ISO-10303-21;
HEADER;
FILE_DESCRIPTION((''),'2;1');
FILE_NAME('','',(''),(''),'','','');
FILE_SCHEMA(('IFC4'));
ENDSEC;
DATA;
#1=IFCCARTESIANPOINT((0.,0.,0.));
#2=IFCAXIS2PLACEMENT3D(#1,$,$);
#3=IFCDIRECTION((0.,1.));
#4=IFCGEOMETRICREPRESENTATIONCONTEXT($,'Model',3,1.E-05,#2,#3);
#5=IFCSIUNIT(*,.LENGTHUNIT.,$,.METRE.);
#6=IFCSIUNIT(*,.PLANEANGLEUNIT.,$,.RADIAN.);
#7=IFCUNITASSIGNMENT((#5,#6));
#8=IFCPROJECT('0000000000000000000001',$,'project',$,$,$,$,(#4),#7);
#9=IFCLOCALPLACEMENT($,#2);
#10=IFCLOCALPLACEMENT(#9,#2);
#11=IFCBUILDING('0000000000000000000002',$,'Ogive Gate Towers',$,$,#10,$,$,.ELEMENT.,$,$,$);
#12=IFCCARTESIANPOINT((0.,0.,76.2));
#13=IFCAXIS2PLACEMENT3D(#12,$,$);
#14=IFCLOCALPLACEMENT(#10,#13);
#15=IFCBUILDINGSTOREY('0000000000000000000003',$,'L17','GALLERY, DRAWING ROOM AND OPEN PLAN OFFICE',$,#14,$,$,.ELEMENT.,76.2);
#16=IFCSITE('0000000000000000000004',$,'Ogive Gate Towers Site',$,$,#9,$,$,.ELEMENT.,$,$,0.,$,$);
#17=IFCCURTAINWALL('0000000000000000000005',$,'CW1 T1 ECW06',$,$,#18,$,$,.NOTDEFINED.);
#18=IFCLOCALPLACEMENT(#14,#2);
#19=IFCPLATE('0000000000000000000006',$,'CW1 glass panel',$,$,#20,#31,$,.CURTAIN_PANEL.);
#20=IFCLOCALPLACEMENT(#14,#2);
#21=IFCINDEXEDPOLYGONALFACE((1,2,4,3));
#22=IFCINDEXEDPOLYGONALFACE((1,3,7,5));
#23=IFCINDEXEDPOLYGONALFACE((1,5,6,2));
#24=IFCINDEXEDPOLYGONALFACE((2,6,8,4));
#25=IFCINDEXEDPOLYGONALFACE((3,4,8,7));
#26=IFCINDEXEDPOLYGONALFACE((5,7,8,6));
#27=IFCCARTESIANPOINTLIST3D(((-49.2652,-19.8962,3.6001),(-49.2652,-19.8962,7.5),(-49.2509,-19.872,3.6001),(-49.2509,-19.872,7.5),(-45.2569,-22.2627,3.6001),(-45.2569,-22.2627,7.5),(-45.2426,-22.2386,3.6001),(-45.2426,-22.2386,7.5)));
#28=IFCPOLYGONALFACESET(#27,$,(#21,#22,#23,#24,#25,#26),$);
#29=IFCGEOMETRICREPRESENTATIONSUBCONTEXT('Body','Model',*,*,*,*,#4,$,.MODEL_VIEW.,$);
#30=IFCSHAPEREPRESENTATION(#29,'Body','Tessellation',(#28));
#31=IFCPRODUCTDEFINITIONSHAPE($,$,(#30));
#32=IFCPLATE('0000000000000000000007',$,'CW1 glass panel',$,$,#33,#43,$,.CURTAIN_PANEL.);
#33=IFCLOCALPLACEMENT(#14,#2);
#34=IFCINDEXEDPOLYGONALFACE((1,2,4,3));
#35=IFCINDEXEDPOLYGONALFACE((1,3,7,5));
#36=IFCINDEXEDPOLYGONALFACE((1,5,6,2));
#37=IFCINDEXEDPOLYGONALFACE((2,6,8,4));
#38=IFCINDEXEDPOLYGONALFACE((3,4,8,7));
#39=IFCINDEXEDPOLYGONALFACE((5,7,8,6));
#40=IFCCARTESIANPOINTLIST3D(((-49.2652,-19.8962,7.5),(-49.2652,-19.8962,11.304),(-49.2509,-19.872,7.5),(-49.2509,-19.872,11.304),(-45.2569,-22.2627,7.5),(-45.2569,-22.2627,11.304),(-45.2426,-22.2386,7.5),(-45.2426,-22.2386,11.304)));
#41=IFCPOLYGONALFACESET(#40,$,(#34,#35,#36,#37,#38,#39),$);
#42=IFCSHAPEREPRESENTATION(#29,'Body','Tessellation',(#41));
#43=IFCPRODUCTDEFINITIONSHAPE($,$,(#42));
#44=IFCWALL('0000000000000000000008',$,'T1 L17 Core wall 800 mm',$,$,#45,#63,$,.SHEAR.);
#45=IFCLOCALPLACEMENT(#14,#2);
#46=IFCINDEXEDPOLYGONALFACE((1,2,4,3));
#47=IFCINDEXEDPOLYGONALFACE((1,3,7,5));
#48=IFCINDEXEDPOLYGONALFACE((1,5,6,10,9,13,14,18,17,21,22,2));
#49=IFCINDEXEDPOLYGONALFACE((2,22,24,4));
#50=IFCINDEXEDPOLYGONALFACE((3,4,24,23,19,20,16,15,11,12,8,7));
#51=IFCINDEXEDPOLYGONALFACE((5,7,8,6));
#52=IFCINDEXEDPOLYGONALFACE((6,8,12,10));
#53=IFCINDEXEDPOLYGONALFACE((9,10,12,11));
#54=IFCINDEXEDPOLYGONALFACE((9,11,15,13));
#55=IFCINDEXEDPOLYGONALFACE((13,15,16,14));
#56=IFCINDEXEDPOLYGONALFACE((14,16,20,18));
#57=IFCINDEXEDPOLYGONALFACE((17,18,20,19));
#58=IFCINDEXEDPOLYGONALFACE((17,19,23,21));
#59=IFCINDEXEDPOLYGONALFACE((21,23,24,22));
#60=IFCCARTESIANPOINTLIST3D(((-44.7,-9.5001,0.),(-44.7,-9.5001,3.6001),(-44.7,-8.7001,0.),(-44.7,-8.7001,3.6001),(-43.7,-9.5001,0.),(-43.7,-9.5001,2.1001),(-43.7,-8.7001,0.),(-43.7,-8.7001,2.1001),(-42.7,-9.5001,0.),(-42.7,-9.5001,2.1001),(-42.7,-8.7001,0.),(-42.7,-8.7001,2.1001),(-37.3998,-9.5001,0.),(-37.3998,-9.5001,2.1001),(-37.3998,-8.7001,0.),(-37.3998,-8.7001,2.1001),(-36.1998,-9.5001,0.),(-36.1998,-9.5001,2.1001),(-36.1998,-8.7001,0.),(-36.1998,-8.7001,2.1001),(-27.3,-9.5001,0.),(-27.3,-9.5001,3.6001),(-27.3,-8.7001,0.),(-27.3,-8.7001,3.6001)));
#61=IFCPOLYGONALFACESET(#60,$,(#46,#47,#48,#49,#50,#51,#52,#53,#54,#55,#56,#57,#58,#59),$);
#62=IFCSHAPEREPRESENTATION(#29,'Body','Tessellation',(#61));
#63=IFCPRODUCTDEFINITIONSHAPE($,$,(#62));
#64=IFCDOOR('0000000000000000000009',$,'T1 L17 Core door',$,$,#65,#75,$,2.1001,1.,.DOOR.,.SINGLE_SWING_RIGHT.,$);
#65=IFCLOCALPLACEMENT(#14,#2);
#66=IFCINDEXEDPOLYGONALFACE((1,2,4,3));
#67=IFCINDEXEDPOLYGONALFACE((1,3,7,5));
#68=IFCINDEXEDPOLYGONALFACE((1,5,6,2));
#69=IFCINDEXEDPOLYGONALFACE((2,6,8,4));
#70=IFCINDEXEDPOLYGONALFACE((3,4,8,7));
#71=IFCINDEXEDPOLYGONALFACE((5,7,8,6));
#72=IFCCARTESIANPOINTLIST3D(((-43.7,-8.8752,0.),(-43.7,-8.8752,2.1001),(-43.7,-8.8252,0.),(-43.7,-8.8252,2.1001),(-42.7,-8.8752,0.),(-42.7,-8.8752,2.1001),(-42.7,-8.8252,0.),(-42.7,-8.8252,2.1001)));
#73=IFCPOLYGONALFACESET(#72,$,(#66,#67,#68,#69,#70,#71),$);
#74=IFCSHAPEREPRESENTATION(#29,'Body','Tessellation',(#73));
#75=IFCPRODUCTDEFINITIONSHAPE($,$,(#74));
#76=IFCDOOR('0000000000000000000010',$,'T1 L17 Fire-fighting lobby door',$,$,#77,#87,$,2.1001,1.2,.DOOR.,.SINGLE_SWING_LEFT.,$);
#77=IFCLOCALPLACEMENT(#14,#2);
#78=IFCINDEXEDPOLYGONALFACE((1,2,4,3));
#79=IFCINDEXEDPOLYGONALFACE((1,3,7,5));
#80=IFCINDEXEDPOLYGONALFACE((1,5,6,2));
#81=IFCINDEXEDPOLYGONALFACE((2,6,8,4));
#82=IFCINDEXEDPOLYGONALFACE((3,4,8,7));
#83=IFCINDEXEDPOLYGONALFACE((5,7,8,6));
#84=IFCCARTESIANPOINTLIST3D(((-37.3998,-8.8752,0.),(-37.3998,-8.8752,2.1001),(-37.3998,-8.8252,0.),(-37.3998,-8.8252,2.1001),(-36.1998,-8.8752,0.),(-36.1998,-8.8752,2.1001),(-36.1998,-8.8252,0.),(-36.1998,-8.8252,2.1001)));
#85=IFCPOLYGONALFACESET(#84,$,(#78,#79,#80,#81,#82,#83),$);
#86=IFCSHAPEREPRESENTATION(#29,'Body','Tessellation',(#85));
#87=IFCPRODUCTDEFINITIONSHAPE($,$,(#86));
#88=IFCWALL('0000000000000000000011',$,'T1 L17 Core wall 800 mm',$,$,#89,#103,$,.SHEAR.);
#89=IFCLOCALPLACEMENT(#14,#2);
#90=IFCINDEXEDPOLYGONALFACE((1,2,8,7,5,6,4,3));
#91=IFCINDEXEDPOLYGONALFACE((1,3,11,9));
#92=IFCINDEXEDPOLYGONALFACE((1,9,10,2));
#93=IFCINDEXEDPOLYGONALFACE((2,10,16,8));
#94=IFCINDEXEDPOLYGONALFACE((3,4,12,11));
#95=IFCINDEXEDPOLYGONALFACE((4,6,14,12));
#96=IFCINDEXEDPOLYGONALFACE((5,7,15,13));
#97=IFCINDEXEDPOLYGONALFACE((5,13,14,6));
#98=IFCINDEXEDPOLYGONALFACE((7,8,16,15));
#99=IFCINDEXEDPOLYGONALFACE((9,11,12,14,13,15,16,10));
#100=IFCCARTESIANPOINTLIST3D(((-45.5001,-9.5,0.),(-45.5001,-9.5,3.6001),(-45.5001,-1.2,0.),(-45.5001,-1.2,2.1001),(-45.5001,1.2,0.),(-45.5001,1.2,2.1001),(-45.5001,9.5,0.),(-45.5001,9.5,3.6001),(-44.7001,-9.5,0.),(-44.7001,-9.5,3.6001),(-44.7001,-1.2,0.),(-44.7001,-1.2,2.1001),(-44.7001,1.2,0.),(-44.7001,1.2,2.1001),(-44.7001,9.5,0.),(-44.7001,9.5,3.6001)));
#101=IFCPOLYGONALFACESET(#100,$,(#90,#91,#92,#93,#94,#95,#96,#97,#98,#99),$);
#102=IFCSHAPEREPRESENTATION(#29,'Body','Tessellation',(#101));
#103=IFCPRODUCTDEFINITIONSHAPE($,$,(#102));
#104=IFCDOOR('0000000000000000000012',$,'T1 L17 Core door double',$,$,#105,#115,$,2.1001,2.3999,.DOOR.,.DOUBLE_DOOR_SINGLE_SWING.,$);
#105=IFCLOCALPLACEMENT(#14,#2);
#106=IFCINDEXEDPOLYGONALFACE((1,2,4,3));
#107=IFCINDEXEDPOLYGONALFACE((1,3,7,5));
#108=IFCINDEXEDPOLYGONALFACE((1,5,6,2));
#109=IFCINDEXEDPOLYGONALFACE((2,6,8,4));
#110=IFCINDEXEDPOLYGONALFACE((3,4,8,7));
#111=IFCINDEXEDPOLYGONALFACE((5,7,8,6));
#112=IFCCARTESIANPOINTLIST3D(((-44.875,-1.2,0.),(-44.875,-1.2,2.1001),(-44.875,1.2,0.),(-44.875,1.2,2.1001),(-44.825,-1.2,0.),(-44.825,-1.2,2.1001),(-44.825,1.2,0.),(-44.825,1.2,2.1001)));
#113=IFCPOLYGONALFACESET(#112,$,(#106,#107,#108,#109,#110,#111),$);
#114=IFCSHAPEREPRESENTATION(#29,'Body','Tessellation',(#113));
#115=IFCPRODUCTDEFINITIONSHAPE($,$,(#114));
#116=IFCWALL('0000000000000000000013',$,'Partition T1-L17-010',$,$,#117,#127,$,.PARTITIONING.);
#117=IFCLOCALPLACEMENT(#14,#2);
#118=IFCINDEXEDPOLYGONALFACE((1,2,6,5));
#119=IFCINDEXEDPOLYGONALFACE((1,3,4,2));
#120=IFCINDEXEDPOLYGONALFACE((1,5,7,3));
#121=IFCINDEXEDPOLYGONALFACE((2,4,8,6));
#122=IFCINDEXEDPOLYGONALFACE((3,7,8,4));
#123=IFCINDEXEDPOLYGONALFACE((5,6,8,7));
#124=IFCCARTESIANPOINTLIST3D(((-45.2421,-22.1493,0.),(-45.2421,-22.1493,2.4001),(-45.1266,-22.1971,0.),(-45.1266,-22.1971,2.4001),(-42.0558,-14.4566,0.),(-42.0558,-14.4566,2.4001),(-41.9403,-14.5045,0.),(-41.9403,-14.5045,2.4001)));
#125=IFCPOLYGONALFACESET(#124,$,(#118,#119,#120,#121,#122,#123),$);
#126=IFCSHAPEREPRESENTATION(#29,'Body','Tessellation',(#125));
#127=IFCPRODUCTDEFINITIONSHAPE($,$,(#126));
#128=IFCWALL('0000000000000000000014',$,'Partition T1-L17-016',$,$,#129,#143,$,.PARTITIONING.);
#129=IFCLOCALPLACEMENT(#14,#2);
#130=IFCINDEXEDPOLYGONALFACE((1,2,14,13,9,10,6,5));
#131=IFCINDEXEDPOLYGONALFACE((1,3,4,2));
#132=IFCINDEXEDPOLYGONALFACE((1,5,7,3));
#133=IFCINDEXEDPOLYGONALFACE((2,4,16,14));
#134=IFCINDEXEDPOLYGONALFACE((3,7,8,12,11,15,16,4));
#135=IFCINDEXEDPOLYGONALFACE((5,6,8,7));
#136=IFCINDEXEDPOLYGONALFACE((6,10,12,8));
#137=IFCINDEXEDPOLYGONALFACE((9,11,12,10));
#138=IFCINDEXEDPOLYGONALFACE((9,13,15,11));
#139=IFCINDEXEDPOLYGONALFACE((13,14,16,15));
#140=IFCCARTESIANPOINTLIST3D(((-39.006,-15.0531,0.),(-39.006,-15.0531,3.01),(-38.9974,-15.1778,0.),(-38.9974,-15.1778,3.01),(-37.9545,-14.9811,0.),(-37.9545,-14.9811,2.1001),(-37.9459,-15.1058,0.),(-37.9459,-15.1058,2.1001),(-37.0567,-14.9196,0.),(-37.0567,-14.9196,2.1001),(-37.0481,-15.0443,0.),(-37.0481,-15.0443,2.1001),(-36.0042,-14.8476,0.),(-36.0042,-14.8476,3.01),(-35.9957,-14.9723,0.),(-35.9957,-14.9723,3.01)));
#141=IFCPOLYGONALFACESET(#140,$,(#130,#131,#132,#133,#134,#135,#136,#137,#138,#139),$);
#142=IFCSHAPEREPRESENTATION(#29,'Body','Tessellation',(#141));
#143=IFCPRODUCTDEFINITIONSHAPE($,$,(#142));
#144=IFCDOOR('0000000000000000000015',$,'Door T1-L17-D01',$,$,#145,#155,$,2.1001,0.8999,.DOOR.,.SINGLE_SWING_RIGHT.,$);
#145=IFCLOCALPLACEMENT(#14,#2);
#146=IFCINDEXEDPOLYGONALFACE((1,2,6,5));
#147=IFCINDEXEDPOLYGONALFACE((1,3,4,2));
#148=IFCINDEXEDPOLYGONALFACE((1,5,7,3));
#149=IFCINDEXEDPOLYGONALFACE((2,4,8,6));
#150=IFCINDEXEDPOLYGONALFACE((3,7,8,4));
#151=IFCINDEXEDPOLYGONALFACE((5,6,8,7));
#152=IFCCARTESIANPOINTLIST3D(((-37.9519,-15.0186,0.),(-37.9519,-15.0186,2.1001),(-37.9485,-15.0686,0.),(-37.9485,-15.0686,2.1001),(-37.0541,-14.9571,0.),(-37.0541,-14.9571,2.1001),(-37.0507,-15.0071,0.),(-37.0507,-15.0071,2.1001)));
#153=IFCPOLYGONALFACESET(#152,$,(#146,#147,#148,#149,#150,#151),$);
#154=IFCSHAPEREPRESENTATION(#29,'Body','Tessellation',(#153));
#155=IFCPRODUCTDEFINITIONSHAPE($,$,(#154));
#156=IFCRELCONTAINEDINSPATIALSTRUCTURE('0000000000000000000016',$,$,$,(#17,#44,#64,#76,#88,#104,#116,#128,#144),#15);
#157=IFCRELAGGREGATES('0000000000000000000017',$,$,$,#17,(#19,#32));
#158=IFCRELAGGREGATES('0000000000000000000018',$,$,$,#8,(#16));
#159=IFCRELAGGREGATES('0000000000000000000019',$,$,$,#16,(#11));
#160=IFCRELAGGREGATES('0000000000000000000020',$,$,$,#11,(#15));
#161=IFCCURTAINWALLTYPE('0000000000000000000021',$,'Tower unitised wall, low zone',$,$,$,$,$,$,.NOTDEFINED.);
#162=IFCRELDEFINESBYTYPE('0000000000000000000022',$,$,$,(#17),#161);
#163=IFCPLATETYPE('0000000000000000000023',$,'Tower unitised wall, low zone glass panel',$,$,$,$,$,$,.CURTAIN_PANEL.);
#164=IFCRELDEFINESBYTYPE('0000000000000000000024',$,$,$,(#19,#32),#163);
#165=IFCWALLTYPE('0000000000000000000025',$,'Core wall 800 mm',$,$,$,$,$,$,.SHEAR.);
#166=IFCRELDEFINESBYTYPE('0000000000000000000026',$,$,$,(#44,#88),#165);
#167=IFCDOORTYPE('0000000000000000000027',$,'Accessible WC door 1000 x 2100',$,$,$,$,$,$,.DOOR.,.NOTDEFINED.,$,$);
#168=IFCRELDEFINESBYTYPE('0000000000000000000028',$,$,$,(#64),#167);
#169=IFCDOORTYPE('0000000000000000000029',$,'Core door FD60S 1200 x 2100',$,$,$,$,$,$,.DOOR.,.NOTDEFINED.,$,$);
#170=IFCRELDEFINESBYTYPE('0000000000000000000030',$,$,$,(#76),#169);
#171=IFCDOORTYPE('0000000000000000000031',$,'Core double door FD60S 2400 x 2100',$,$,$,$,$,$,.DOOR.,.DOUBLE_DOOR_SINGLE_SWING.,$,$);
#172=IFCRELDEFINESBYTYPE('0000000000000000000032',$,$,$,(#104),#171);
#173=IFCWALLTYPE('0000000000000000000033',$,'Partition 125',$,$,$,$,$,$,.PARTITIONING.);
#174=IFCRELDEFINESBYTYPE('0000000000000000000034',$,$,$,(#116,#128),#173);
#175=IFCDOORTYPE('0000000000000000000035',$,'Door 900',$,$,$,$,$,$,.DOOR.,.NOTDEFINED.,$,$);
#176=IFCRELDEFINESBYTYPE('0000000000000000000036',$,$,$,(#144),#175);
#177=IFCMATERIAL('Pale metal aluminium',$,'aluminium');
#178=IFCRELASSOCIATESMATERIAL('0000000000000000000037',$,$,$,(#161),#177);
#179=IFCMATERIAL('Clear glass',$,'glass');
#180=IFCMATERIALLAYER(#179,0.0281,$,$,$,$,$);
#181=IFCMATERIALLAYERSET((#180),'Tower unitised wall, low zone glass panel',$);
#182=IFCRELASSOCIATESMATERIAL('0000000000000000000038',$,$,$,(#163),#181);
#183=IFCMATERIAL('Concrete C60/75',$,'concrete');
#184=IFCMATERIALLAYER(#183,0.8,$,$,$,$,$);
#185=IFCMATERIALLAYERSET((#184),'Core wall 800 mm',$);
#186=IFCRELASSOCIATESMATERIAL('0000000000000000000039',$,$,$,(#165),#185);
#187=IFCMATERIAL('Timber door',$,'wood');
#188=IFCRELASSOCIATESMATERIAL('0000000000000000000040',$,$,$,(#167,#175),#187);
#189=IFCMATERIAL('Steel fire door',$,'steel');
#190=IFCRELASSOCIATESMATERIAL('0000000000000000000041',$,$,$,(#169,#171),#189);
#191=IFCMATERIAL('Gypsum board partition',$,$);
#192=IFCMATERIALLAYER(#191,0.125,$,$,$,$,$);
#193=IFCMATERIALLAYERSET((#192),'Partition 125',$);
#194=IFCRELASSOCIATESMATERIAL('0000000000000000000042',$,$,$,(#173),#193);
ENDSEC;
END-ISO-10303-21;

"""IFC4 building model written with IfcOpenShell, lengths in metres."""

from ifc_helpers import new_model, si_unit, direction, frame, frame_2d, origin, origin_2d, place, context, subcontext, project, spatial, rectangle, extrude, material, layer, layer_set, type_object, element, fill, aggregate, save


model = new_model("IFC4")

# Units and contexts
model_context = context("Model", 3, precision=1e-05, world=origin(), true_north=direction((0.0, 1.0)))
body_context = subcontext(model_context, "Body", "Model", "MODEL_VIEW")
ifc_project = project(units=[si_unit("LENGTHUNIT", "METRE"), si_unit("PLANEANGLEUNIT", "RADIAN")], contexts=[model_context])

# Site, building, storey
site_placement = place(None, origin())
site = spatial("IfcSite", under=ifc_project, at=site_placement, Name="Ogive Gate Towers Site", CompositionType="ELEMENT", RefElevation=0.0)
building_placement = place(site_placement, origin())
building = spatial("IfcBuilding", under=site, at=building_placement, Name="Ogive Gate Towers", CompositionType="ELEMENT")
storey_placement = place(building_placement, frame((0.0, 0.0, 76.2)))
storey = spatial("IfcBuildingStorey", under=building, at=storey_placement, Name="L17", Description="GALLERY, DRAWING ROOM AND OPEN PLAN OFFICE", CompositionType="ELEMENT", Elevation=76.2)

# Curtain wall, plates
ifc_material_1 = material(Name="Pale metal aluminium", Category="aluminium")
curtain_wall_type = type_object("IfcCurtainWallType", Name="Tower unitised wall, low zone", PredefinedType="NOTDEFINED", material=ifc_material_1)
curtain_wall_placement = place(storey_placement, origin())
curtain_wall = element("IfcCurtainWall", 1, at=curtain_wall_placement, inside=storey, type_object=curtain_wall_type, Name="CW1 T1 ECW06", PredefinedType="NOTDEFINED")
ifc_material_2 = material(Name="Clear glass", Category="glass")
ifc_layer_1 = layer(ifc_material_2, 0.0281)
ifc_layer_set_1 = layer_set([ifc_layer_1], Name="Tower unitised wall, low zone glass panel")
plate_type = type_object("IfcPlateType", Name="Tower unitised wall, low zone glass panel", PredefinedType="CURTAIN_PANEL", material=ifc_layer_set_1)
plate_1_placement = place(storey_placement, frame((-47.2539, -21.0674, 3.6001), z_axis=(0.0, 0.0, 1.0), x_axis=(0.861115, -0.50841, 0.0)))
plate_1 = element("IfcPlate", 2, at=plate_1_placement, type_object=plate_type, Name="CW1 glass panel", PredefinedType="CURTAIN_PANEL", context=body_context, shape_type="SweptSolid", body=[
    extrude(rectangle(XDim=4.6548, YDim=0.0281, at=origin_2d()), origin(), (0.0, 0.0, 1.0), 3.8999),
])
plate_2_placement = place(storey_placement, frame((-47.2539, -21.0674, 7.5), z_axis=(0.0, 0.0, 1.0), x_axis=(0.861115, -0.50841, 0.0)))
plate_2 = element("IfcPlate", 3, at=plate_2_placement, type_object=plate_type, Name="CW1 glass panel", PredefinedType="CURTAIN_PANEL", context=body_context, shape_type="SweptSolid", body=[
    extrude(rectangle(XDim=4.6548, YDim=0.0281, at=origin_2d()), origin(), (0.0, 0.0, 1.0), 3.804),
])
aggregate(curtain_wall, [plate_1, plate_2])

# Wall, openings, doors
ifc_material_3 = material(Name="Concrete C60/75", Category="concrete")
ifc_layer_2 = layer(ifc_material_3, 0.8)
ifc_layer_set_2 = layer_set([ifc_layer_2], Name="Core wall 800 mm")
wall_type_1 = type_object("IfcWallType", Name="Core wall 800 mm", PredefinedType="SHEAR", material=ifc_layer_set_2)
wall_1_placement = place(storey_placement, frame((-44.7, -9.1001, 0.0), z_axis=(0.0, 0.0, 1.0), x_axis=(1.0, 0.0, 0.0)))
wall_1 = element("IfcWall", 4, at=wall_1_placement, inside=storey, type_object=wall_type_1, Name="T1 L17 Core wall 800 mm", PredefinedType="SHEAR", context=body_context, shape_type="SweptSolid", body=[
    extrude(rectangle(XDim=17.3999, YDim=0.8, at=frame_2d((8.7, 0.0))), origin(), (0.0, 0.0, 1.0), 3.6001),
])
opening_1_placement = place(wall_1_placement, frame((7.3, 0.0, 0.0)))
opening_1 = element("IfcOpeningElement", 5, at=opening_1_placement, cuts=wall_1, PredefinedType="OPENING", context=body_context, shape_type="SweptSolid", body=[
    extrude(rectangle(XDim=1.2, YDim=2.1001, at=frame_2d((0.6001, 1.05))), frame((0.0, 0.4102, 0.0), z_axis=(0.0, -1.0, 0.0), x_axis=(1.0, 0.0, 0.0)), (0.0, 0.0, 1.0), 0.8201),
])
opening_2_placement = place(wall_1_placement, frame((1.0, 0.0, 0.0)))
opening_2 = element("IfcOpeningElement", 6, at=opening_2_placement, cuts=wall_1, PredefinedType="OPENING", context=body_context, shape_type="SweptSolid", body=[
    extrude(rectangle(XDim=1.0, YDim=2.1001, at=frame_2d((0.5, 1.05))), frame((0.0, 0.4102, 0.0), z_axis=(0.0, -1.0, 0.0), x_axis=(1.0, 0.0, 0.0)), (0.0, 0.0, 1.0), 0.8201),
])
ifc_material_4 = material(Name="Timber door", Category="wood")
door_type_1 = type_object("IfcDoorType", Name="Accessible WC door 1000 x 2100", OperationType="NOTDEFINED", PredefinedType="DOOR", material=ifc_material_4)
door_1_placement = place(opening_2_placement, origin())
door_1 = element("IfcDoor", 7, at=door_1_placement, inside=storey, type_object=door_type_1, Name="T1 L17 Core door", OperationType="SINGLE_SWING_RIGHT", OverallHeight=2.1001, OverallWidth=1.0, PredefinedType="DOOR", context=body_context, shape_type="SweptSolid", body=[
    extrude(rectangle(XDim=1.0, YDim=2.1001, at=frame_2d((0.5, 1.05))), frame((0.0, 0.2749, 0.0), z_axis=(0.0, -1.0, 0.0), x_axis=(1.0, 0.0, 0.0)), (0.0, 0.0, 1.0), 0.05),
])
fill(opening_2, door_1)
ifc_material_5 = material(Name="Steel fire door", Category="steel")
door_type_2 = type_object("IfcDoorType", Name="Core door FD60S 1200 x 2100", OperationType="NOTDEFINED", PredefinedType="DOOR", material=ifc_material_5)
door_2_placement = place(opening_1_placement, origin())
door_2 = element("IfcDoor", 8, at=door_2_placement, inside=storey, type_object=door_type_2, Name="T1 L17 Fire-fighting lobby door", OperationType="SINGLE_SWING_LEFT", OverallHeight=2.1001, OverallWidth=1.2, PredefinedType="DOOR", context=body_context, shape_type="SweptSolid", body=[
    extrude(rectangle(XDim=1.2, YDim=2.1001, at=frame_2d((0.6001, 1.05))), frame((0.0, 0.2749, 0.0), z_axis=(0.0, -1.0, 0.0), x_axis=(1.0, 0.0, 0.0)), (0.0, 0.0, 1.0), 0.05),
])
fill(opening_1, door_2)

# Wall, opening, door
wall_2_placement = place(storey_placement, frame((-45.1001, -9.5, 0.0), z_axis=(0.0, 0.0, 1.0), x_axis=(0.0, 1.0, 0.0)))
wall_2 = element("IfcWall", 9, at=wall_2_placement, inside=storey, type_object=wall_type_1, Name="T1 L17 Core wall 800 mm", PredefinedType="SHEAR", context=body_context, shape_type="SweptSolid", body=[
    extrude(rectangle(XDim=19.0, YDim=0.8, at=frame_2d((9.5, 0.0))), origin(), (0.0, 0.0, 1.0), 3.6001),
])
opening_3_placement = place(wall_2_placement, frame((8.3, 0.0, 0.0)))
opening_3 = element("IfcOpeningElement", 10, at=opening_3_placement, cuts=wall_2, PredefinedType="OPENING", context=body_context, shape_type="SweptSolid", body=[
    extrude(rectangle(XDim=2.3999, YDim=2.1001, at=frame_2d((1.2, 1.05))), frame((0.0, 0.4102, 0.0), z_axis=(0.0, -1.0, 0.0), x_axis=(1.0, 0.0, 0.0)), (0.0, 0.0, 1.0), 0.8201),
])
door_type_3 = type_object("IfcDoorType", Name="Core double door FD60S 2400 x 2100", OperationType="DOUBLE_DOOR_SINGLE_SWING", PredefinedType="DOOR", material=ifc_material_5)
door_3_placement = place(opening_3_placement, origin())
door_3 = element("IfcDoor", 11, at=door_3_placement, inside=storey, type_object=door_type_3, Name="T1 L17 Core door double", OperationType="DOUBLE_DOOR_SINGLE_SWING", OverallHeight=2.1001, OverallWidth=2.3999, PredefinedType="DOOR", context=body_context, shape_type="SweptSolid", body=[
    extrude(rectangle(XDim=2.3999, YDim=2.1001, at=frame_2d((1.2, 1.05))), frame((0.0, -0.2251, 0.0), z_axis=(0.0, -1.0, 0.0), x_axis=(1.0, 0.0, 0.0)), (0.0, 0.0, 1.0), 0.05),
])
fill(opening_3, door_3)

# Wall
ifc_material_6 = material(Name="Gypsum board partition")
ifc_layer_3 = layer(ifc_material_6, 0.125)
ifc_layer_set_3 = layer_set([ifc_layer_3], Name="Partition 125")
wall_type_2 = type_object("IfcWallType", Name="Partition 125", PredefinedType="PARTITIONING", material=ifc_layer_set_3)
wall_3_placement = place(storey_placement, frame((-45.1843, -22.1731, 0.0), z_axis=(0.0, 0.0, 1.0), x_axis=(0.382672, 0.923884, 0.0)))
element("IfcWall", 12, at=wall_3_placement, inside=storey, type_object=wall_type_2, Name="Partition T1-L17-010", PredefinedType="PARTITIONING", context=body_context, shape_type="SweptSolid", body=[
    extrude(rectangle(XDim=8.3264, YDim=0.125, at=frame_2d((4.1631, 0.0))), origin(), (0.0, 0.0, 1.0), 2.4001),
])

# Wall, opening, door
wall_4_placement = place(storey_placement, frame((-39.0017, -15.1155, 0.0), z_axis=(0.0, 0.0, 1.0), x_axis=(0.997663, 0.068323, 0.0)))
wall_4 = element("IfcWall", 13, at=wall_4_placement, inside=storey, type_object=wall_type_2, Name="Partition T1-L17-016", PredefinedType="PARTITIONING", context=body_context, shape_type="SweptSolid", body=[
    extrude(rectangle(XDim=3.0088, YDim=0.125, at=frame_2d((1.5044, 0.0))), origin(), (0.0, 0.0, 1.0), 3.01),
])
opening_4_placement = place(wall_4_placement, frame((1.054, 0.0, 0.0)))
opening_4 = element("IfcOpeningElement", 14, at=opening_4_placement, cuts=wall_4, PredefinedType="OPENING", context=body_context, shape_type="SweptSolid", body=[
    extrude(rectangle(XDim=0.8999, YDim=2.1001, at=frame_2d((0.45, 1.05))), frame((0.0, 0.0725, 0.0), z_axis=(0.0, -1.0, 0.0), x_axis=(1.0, 0.0, 0.0)), (0.0, 0.0, 1.0), 0.145),
])
door_type_4 = type_object("IfcDoorType", Name="Door 900", OperationType="NOTDEFINED", PredefinedType="DOOR", material=ifc_material_4)
door_4_placement = place(opening_4_placement, origin())
door_4 = element("IfcDoor", 15, at=door_4_placement, inside=storey, type_object=door_type_4, Name="Door T1-L17-D01", OperationType="SINGLE_SWING_RIGHT", OverallHeight=2.1001, OverallWidth=0.8999, PredefinedType="DOOR", context=body_context, shape_type="SweptSolid", body=[
    extrude(rectangle(XDim=0.8999, YDim=2.1001, at=frame_2d((0.45, 1.05))), frame((0.0, 0.0249, 0.0), z_axis=(0.0, -1.0, 0.0), x_axis=(1.0, 0.0, 0.0)), (0.0, 0.0, 1.0), 0.05),
])
fill(opening_4, door_4)

save(model, "model.ifc")
